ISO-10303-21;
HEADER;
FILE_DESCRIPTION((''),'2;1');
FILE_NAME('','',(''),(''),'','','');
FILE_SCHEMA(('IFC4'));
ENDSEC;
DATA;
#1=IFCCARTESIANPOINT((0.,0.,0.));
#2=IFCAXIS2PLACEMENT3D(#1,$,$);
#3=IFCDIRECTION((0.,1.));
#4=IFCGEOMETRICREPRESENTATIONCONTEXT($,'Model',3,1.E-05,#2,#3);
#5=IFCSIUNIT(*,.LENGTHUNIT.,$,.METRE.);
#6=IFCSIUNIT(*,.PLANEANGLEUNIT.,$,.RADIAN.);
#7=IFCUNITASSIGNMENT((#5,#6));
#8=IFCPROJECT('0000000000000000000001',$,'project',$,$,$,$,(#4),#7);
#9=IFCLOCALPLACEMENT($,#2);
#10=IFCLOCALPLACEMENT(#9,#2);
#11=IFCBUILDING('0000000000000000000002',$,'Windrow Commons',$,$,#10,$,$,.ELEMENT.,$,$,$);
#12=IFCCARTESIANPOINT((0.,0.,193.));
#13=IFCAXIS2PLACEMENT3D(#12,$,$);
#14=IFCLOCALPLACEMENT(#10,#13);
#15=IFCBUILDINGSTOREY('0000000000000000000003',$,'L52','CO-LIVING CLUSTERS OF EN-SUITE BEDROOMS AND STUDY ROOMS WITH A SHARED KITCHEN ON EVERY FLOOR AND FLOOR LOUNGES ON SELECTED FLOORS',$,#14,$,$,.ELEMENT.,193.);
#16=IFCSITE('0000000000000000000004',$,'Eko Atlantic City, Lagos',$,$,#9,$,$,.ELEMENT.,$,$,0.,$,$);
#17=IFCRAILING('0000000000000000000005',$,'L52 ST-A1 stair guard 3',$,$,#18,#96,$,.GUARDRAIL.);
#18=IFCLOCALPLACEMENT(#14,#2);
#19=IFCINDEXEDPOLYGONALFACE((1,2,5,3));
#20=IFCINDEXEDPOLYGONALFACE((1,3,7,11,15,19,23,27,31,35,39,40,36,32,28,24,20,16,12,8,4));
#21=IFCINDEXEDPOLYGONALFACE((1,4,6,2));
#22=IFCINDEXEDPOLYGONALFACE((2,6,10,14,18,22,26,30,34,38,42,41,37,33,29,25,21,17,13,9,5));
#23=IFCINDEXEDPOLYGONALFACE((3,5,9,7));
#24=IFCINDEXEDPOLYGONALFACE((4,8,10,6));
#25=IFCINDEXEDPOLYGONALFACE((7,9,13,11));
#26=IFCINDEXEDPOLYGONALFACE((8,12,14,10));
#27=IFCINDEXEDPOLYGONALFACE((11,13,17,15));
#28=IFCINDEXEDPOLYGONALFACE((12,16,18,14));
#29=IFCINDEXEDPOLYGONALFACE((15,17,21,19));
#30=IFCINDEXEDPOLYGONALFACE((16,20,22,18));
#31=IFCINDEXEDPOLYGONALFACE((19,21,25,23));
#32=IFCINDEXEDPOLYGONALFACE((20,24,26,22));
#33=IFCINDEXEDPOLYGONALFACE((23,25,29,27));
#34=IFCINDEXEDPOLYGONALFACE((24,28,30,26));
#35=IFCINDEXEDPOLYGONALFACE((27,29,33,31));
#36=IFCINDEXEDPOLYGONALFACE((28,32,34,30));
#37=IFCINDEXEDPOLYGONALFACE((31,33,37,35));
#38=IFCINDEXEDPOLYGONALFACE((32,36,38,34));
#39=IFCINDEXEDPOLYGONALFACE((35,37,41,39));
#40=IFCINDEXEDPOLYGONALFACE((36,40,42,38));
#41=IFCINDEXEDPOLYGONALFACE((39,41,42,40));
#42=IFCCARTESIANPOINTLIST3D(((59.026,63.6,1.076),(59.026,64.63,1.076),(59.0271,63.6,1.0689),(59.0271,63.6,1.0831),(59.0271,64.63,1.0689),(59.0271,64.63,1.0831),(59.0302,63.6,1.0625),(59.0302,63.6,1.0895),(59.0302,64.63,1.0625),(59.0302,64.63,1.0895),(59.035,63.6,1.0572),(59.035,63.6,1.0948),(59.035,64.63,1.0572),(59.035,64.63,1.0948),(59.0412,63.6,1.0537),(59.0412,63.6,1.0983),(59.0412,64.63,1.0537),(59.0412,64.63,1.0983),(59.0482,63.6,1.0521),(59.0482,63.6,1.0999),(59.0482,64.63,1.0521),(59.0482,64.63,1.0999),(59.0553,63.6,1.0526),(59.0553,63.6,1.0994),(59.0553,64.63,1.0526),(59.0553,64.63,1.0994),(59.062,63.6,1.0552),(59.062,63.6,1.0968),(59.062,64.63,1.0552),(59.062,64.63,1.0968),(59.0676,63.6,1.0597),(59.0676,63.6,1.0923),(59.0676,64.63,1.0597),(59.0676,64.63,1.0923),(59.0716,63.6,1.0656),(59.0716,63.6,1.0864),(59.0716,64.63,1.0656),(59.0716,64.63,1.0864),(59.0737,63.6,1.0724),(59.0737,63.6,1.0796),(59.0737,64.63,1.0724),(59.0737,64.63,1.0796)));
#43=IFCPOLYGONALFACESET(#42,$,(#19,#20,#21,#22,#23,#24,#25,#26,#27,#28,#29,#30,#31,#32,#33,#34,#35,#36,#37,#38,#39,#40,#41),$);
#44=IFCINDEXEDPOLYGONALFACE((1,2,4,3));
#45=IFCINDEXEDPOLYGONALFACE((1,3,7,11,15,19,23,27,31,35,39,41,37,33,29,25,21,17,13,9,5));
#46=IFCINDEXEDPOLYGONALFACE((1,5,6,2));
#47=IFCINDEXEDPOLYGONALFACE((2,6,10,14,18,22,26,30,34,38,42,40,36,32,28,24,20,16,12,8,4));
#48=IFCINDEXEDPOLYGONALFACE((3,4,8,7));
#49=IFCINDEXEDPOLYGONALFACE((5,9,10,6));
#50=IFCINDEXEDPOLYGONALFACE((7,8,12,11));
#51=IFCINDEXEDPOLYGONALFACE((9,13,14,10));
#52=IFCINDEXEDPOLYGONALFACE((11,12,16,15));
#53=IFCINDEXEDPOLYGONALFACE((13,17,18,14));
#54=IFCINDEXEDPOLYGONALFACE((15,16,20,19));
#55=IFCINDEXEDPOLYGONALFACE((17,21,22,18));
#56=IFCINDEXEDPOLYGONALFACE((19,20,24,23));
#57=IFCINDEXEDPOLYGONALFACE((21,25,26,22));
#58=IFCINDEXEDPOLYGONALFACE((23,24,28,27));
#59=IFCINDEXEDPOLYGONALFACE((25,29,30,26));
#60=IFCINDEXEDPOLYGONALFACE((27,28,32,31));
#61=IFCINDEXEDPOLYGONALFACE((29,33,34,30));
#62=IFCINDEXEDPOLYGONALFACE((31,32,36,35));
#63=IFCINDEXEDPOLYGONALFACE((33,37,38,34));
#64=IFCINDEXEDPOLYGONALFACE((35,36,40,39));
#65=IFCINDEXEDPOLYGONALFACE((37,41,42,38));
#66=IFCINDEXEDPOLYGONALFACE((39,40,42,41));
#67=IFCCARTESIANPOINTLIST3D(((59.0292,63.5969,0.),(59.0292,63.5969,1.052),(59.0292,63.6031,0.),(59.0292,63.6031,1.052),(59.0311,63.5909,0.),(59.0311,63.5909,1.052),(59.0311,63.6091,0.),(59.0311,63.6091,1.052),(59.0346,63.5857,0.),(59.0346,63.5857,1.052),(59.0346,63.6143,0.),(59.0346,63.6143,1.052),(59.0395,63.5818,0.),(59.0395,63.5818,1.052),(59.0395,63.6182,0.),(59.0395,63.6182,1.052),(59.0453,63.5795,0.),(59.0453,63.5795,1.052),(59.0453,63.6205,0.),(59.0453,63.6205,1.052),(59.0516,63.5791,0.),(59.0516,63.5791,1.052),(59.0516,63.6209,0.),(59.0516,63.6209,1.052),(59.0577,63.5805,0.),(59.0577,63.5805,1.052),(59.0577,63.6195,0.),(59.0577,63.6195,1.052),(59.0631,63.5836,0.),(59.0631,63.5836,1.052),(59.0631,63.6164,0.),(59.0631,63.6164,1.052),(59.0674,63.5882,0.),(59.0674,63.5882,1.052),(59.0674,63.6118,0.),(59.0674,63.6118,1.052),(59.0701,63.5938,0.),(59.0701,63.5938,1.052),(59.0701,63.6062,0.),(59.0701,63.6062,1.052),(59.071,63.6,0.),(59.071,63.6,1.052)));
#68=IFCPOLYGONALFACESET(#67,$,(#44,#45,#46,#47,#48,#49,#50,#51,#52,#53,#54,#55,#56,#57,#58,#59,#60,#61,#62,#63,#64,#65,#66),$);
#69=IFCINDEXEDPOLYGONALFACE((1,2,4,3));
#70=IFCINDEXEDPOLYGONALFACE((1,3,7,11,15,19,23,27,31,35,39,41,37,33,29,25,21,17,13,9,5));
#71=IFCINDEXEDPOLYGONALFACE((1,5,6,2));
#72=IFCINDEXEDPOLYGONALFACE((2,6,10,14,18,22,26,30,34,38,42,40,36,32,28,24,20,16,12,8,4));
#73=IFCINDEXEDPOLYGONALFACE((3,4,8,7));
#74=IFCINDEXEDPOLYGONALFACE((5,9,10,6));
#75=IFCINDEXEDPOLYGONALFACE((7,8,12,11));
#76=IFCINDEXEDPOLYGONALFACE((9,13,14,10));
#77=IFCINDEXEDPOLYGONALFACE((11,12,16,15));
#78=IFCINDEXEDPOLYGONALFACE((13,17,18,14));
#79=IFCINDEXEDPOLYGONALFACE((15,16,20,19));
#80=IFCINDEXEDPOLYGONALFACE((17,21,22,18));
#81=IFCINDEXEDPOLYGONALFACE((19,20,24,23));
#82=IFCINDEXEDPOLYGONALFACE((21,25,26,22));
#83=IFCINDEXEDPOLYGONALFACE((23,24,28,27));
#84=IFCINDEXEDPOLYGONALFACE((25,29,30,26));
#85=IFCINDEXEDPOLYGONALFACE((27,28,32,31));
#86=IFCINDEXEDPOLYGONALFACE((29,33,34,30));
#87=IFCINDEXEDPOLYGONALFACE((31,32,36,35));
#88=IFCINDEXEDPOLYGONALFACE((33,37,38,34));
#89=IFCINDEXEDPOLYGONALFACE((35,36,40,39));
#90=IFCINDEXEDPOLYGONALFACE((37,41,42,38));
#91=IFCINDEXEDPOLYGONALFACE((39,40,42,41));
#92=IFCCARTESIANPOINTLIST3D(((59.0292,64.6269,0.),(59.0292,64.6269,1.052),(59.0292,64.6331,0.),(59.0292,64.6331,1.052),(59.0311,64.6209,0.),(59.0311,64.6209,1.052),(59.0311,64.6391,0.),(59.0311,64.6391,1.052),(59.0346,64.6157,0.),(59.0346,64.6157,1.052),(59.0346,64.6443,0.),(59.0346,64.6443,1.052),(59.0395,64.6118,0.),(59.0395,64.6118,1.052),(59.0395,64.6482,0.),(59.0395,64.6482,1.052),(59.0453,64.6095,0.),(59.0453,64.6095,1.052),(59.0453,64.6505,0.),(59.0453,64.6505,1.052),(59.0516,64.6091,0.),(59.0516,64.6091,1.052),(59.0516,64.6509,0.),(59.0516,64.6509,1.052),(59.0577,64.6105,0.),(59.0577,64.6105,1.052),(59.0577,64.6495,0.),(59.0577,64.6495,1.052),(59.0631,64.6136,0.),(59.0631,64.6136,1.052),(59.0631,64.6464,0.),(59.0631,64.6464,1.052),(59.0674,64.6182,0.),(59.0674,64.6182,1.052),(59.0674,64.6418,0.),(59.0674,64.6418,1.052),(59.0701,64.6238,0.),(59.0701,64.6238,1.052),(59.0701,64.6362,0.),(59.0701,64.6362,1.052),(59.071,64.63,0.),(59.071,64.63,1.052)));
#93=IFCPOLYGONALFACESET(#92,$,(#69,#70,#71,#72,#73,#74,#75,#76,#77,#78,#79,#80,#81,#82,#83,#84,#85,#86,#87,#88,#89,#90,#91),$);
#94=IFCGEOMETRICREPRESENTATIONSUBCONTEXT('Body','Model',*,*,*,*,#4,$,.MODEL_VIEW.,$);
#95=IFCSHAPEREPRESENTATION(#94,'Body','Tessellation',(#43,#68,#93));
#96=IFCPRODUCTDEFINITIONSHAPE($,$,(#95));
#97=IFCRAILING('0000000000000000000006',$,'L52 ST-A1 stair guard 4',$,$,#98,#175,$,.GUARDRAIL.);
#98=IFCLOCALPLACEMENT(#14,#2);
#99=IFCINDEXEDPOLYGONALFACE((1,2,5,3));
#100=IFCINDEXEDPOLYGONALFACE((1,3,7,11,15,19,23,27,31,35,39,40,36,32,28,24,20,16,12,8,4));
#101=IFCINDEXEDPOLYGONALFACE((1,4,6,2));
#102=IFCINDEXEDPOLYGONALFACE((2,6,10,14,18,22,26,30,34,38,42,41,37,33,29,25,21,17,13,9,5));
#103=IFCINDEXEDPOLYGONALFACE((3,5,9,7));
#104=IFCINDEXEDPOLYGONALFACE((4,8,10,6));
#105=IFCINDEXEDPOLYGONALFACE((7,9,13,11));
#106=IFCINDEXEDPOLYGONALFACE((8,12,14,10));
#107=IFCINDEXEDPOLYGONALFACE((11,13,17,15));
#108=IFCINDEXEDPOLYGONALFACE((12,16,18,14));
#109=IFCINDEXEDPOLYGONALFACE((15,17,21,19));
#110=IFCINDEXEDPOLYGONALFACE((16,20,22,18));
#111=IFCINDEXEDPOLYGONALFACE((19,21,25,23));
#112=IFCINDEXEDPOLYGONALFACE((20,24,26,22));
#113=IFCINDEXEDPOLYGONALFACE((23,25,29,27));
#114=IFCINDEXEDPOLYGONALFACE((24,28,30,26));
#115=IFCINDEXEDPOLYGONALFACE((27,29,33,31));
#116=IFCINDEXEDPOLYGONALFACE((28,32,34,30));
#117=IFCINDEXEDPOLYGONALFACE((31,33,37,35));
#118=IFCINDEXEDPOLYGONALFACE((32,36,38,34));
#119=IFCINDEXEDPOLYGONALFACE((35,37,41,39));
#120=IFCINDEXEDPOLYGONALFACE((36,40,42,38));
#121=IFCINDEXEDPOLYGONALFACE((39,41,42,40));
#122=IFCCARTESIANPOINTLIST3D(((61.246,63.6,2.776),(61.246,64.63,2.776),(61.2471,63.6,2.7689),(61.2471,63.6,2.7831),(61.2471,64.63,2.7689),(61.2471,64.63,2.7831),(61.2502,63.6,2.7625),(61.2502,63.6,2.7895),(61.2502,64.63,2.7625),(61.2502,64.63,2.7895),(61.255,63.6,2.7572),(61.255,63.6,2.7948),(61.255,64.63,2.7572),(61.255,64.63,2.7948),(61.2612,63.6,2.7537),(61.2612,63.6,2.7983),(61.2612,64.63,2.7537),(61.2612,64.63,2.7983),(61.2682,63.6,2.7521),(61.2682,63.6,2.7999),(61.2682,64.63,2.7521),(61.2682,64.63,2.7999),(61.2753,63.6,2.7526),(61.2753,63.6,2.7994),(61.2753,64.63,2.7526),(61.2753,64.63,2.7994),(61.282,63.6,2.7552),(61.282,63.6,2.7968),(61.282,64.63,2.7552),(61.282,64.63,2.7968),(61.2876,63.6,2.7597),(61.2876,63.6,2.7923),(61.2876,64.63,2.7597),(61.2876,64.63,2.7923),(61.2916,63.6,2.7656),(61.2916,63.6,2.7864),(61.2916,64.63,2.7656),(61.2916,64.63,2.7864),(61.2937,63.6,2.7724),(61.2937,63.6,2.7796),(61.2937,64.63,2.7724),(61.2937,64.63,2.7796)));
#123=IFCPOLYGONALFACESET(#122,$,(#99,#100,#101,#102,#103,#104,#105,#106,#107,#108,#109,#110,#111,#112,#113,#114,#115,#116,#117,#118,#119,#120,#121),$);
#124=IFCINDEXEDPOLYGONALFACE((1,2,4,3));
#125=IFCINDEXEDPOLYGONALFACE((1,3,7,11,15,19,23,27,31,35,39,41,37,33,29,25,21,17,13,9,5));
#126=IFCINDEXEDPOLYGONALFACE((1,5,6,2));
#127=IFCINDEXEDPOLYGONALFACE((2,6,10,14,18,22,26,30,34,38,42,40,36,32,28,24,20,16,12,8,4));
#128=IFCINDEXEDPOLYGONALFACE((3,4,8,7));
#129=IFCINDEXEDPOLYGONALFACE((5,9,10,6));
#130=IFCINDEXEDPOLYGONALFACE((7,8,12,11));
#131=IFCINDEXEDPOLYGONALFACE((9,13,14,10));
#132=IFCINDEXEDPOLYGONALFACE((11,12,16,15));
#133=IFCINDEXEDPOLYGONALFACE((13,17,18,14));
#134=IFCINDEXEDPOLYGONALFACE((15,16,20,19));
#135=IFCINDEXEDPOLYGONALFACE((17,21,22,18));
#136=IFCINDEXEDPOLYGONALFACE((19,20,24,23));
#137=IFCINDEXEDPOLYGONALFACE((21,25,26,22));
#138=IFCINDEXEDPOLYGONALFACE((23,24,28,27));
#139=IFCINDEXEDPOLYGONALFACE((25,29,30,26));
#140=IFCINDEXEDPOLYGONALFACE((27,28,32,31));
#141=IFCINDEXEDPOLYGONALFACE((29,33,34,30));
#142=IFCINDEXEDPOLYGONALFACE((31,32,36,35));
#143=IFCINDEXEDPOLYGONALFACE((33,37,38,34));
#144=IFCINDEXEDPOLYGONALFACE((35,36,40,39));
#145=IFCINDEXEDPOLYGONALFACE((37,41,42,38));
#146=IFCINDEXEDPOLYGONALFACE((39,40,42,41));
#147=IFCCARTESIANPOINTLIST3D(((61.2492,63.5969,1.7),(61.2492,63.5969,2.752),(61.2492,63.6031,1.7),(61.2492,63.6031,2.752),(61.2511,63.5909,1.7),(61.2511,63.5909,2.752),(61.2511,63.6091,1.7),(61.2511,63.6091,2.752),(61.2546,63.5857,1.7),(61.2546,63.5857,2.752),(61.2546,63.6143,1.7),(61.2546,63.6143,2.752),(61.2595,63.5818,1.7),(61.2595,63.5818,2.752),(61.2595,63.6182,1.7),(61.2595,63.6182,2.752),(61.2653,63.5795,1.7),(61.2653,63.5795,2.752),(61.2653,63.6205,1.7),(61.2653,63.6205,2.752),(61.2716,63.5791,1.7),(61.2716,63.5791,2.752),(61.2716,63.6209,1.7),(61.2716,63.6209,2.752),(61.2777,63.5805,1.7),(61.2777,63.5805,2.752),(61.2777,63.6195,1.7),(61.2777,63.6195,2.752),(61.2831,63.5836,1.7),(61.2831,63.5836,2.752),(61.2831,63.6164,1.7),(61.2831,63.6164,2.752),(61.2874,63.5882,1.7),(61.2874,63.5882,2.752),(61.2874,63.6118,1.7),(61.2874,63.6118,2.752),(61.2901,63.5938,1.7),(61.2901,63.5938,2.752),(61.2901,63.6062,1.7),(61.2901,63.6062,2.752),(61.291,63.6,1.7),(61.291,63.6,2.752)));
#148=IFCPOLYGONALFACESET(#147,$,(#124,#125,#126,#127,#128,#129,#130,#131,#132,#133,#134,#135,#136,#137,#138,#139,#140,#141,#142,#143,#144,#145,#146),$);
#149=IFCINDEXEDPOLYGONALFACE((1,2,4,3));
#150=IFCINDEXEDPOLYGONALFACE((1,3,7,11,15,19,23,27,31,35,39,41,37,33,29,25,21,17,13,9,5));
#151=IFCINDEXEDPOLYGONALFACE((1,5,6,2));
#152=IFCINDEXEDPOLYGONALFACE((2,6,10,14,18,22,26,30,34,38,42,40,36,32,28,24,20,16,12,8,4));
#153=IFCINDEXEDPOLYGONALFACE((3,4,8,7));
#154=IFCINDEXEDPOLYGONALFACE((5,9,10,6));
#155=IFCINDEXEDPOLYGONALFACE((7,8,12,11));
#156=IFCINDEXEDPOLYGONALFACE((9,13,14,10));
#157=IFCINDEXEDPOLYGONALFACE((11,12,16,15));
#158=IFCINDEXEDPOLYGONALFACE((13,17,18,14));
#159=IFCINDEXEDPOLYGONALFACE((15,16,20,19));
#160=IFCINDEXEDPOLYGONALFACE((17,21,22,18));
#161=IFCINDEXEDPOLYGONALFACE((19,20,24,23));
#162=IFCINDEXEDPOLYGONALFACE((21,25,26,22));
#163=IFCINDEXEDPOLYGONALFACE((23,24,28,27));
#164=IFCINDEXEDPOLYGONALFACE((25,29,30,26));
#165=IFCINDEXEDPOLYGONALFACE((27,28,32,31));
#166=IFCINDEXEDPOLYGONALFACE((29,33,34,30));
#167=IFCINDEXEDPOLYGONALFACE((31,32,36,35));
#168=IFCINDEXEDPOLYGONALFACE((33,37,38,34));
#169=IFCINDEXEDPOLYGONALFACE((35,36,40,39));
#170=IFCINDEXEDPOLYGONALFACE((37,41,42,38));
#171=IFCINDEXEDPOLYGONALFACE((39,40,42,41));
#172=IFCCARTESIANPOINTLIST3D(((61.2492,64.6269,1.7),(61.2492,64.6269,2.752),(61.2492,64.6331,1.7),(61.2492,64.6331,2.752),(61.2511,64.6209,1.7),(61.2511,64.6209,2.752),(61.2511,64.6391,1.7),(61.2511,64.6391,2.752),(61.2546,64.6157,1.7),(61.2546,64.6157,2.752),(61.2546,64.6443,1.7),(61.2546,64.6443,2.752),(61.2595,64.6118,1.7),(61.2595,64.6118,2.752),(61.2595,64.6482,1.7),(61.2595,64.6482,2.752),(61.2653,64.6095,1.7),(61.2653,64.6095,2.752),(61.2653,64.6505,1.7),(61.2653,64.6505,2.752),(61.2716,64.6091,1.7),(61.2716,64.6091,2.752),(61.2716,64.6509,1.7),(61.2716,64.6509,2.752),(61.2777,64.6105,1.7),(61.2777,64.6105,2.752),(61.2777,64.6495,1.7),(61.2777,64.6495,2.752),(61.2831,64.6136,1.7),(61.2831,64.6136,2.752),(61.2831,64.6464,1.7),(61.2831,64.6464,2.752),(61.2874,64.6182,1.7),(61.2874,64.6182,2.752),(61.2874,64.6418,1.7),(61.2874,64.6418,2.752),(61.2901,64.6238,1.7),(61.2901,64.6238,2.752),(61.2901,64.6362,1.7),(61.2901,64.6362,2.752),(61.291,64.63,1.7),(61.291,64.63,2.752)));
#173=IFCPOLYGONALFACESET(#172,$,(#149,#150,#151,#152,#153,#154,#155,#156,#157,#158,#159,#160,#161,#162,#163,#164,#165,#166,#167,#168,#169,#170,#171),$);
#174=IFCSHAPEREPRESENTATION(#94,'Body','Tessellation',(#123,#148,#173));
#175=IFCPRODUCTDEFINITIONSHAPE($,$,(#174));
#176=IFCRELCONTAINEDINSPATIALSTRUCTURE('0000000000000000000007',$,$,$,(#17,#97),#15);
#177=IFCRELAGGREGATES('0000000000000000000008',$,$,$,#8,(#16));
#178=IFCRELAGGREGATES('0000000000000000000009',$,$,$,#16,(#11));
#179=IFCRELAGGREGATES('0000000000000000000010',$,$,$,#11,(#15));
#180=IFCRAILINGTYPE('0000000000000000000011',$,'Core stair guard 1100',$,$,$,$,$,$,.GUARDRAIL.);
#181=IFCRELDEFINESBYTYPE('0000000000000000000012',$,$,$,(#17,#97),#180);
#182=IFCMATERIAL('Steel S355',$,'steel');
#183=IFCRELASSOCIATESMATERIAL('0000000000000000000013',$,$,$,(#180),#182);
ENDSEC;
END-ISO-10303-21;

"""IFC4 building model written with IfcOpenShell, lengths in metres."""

from ifc_helpers import new_model, si_unit, direction, frame, origin, origin_2d, place, context, subcontext, project, spatial, circle, extrude, material, type_object, element, save


model = new_model("IFC4")

# Units and contexts
model_context = context("Model", 3, precision=1e-05, world=origin(), true_north=direction((0.0, 1.0)))
body_context = subcontext(model_context, "Body", "Model", "MODEL_VIEW")
ifc_project = project(units=[si_unit("LENGTHUNIT", "METRE"), si_unit("PLANEANGLEUNIT", "RADIAN")], contexts=[model_context])

# Site, building, storey
site_placement = place(None, origin())
site = spatial("IfcSite", under=ifc_project, at=site_placement, Name="Eko Atlantic City, Lagos", CompositionType="ELEMENT", RefElevation=0.0)
building_placement = place(site_placement, origin())
building = spatial("IfcBuilding", under=site, at=building_placement, Name="Windrow Commons", CompositionType="ELEMENT")
storey_placement = place(building_placement, frame((0.0, 0.0, 193.0)))
storey = spatial("IfcBuildingStorey", under=building, at=storey_placement, Name="L52", Description="CO-LIVING CLUSTERS OF EN-SUITE BEDROOMS AND STUDY ROOMS WITH A SHARED KITCHEN ON EVERY FLOOR AND FLOOR LOUNGES ON SELECTED FLOORS", CompositionType="ELEMENT", Elevation=193.0)

# Railings
ifc_material_1 = material(Name="Steel S355", Category="steel")
railing_type_1 = type_object("IfcRailingType", Name="Core stair guard 1100", PredefinedType="GUARDRAIL", material=ifc_material_1)
for number, where, name in (
    (1, (59.05, 63.6, 0.0), "L52 ST-A1 stair guard 3"),
    (2, (61.27, 63.6, 1.7), "L52 ST-A1 stair guard 4"),
):
    element("IfcRailing", number, at=place(storey_placement, frame(where)), inside=storey, type_object=railing_type_1, Name=name, PredefinedType="GUARDRAIL", context=body_context, shape_type="SweptSolid", body=[
        extrude(circle(Radius=0.024, at=origin_2d()), frame((0.0, 0.0, 1.076), z_axis=(0.0, 1.0, 0.0), x_axis=(-1.0, 0.0, 0.0)), (0.0, 0.0, 1.0), 1.03),
        extrude(circle(Radius=0.021, at=origin_2d()), origin(), (0.0, 0.0, 1.0), 1.052),
        extrude(circle(Radius=0.021, at=origin_2d()), frame((0.0, 1.03, 0.0)), (0.0, 0.0, 1.0), 1.052),
    ])

save(model, "model.ifc")
